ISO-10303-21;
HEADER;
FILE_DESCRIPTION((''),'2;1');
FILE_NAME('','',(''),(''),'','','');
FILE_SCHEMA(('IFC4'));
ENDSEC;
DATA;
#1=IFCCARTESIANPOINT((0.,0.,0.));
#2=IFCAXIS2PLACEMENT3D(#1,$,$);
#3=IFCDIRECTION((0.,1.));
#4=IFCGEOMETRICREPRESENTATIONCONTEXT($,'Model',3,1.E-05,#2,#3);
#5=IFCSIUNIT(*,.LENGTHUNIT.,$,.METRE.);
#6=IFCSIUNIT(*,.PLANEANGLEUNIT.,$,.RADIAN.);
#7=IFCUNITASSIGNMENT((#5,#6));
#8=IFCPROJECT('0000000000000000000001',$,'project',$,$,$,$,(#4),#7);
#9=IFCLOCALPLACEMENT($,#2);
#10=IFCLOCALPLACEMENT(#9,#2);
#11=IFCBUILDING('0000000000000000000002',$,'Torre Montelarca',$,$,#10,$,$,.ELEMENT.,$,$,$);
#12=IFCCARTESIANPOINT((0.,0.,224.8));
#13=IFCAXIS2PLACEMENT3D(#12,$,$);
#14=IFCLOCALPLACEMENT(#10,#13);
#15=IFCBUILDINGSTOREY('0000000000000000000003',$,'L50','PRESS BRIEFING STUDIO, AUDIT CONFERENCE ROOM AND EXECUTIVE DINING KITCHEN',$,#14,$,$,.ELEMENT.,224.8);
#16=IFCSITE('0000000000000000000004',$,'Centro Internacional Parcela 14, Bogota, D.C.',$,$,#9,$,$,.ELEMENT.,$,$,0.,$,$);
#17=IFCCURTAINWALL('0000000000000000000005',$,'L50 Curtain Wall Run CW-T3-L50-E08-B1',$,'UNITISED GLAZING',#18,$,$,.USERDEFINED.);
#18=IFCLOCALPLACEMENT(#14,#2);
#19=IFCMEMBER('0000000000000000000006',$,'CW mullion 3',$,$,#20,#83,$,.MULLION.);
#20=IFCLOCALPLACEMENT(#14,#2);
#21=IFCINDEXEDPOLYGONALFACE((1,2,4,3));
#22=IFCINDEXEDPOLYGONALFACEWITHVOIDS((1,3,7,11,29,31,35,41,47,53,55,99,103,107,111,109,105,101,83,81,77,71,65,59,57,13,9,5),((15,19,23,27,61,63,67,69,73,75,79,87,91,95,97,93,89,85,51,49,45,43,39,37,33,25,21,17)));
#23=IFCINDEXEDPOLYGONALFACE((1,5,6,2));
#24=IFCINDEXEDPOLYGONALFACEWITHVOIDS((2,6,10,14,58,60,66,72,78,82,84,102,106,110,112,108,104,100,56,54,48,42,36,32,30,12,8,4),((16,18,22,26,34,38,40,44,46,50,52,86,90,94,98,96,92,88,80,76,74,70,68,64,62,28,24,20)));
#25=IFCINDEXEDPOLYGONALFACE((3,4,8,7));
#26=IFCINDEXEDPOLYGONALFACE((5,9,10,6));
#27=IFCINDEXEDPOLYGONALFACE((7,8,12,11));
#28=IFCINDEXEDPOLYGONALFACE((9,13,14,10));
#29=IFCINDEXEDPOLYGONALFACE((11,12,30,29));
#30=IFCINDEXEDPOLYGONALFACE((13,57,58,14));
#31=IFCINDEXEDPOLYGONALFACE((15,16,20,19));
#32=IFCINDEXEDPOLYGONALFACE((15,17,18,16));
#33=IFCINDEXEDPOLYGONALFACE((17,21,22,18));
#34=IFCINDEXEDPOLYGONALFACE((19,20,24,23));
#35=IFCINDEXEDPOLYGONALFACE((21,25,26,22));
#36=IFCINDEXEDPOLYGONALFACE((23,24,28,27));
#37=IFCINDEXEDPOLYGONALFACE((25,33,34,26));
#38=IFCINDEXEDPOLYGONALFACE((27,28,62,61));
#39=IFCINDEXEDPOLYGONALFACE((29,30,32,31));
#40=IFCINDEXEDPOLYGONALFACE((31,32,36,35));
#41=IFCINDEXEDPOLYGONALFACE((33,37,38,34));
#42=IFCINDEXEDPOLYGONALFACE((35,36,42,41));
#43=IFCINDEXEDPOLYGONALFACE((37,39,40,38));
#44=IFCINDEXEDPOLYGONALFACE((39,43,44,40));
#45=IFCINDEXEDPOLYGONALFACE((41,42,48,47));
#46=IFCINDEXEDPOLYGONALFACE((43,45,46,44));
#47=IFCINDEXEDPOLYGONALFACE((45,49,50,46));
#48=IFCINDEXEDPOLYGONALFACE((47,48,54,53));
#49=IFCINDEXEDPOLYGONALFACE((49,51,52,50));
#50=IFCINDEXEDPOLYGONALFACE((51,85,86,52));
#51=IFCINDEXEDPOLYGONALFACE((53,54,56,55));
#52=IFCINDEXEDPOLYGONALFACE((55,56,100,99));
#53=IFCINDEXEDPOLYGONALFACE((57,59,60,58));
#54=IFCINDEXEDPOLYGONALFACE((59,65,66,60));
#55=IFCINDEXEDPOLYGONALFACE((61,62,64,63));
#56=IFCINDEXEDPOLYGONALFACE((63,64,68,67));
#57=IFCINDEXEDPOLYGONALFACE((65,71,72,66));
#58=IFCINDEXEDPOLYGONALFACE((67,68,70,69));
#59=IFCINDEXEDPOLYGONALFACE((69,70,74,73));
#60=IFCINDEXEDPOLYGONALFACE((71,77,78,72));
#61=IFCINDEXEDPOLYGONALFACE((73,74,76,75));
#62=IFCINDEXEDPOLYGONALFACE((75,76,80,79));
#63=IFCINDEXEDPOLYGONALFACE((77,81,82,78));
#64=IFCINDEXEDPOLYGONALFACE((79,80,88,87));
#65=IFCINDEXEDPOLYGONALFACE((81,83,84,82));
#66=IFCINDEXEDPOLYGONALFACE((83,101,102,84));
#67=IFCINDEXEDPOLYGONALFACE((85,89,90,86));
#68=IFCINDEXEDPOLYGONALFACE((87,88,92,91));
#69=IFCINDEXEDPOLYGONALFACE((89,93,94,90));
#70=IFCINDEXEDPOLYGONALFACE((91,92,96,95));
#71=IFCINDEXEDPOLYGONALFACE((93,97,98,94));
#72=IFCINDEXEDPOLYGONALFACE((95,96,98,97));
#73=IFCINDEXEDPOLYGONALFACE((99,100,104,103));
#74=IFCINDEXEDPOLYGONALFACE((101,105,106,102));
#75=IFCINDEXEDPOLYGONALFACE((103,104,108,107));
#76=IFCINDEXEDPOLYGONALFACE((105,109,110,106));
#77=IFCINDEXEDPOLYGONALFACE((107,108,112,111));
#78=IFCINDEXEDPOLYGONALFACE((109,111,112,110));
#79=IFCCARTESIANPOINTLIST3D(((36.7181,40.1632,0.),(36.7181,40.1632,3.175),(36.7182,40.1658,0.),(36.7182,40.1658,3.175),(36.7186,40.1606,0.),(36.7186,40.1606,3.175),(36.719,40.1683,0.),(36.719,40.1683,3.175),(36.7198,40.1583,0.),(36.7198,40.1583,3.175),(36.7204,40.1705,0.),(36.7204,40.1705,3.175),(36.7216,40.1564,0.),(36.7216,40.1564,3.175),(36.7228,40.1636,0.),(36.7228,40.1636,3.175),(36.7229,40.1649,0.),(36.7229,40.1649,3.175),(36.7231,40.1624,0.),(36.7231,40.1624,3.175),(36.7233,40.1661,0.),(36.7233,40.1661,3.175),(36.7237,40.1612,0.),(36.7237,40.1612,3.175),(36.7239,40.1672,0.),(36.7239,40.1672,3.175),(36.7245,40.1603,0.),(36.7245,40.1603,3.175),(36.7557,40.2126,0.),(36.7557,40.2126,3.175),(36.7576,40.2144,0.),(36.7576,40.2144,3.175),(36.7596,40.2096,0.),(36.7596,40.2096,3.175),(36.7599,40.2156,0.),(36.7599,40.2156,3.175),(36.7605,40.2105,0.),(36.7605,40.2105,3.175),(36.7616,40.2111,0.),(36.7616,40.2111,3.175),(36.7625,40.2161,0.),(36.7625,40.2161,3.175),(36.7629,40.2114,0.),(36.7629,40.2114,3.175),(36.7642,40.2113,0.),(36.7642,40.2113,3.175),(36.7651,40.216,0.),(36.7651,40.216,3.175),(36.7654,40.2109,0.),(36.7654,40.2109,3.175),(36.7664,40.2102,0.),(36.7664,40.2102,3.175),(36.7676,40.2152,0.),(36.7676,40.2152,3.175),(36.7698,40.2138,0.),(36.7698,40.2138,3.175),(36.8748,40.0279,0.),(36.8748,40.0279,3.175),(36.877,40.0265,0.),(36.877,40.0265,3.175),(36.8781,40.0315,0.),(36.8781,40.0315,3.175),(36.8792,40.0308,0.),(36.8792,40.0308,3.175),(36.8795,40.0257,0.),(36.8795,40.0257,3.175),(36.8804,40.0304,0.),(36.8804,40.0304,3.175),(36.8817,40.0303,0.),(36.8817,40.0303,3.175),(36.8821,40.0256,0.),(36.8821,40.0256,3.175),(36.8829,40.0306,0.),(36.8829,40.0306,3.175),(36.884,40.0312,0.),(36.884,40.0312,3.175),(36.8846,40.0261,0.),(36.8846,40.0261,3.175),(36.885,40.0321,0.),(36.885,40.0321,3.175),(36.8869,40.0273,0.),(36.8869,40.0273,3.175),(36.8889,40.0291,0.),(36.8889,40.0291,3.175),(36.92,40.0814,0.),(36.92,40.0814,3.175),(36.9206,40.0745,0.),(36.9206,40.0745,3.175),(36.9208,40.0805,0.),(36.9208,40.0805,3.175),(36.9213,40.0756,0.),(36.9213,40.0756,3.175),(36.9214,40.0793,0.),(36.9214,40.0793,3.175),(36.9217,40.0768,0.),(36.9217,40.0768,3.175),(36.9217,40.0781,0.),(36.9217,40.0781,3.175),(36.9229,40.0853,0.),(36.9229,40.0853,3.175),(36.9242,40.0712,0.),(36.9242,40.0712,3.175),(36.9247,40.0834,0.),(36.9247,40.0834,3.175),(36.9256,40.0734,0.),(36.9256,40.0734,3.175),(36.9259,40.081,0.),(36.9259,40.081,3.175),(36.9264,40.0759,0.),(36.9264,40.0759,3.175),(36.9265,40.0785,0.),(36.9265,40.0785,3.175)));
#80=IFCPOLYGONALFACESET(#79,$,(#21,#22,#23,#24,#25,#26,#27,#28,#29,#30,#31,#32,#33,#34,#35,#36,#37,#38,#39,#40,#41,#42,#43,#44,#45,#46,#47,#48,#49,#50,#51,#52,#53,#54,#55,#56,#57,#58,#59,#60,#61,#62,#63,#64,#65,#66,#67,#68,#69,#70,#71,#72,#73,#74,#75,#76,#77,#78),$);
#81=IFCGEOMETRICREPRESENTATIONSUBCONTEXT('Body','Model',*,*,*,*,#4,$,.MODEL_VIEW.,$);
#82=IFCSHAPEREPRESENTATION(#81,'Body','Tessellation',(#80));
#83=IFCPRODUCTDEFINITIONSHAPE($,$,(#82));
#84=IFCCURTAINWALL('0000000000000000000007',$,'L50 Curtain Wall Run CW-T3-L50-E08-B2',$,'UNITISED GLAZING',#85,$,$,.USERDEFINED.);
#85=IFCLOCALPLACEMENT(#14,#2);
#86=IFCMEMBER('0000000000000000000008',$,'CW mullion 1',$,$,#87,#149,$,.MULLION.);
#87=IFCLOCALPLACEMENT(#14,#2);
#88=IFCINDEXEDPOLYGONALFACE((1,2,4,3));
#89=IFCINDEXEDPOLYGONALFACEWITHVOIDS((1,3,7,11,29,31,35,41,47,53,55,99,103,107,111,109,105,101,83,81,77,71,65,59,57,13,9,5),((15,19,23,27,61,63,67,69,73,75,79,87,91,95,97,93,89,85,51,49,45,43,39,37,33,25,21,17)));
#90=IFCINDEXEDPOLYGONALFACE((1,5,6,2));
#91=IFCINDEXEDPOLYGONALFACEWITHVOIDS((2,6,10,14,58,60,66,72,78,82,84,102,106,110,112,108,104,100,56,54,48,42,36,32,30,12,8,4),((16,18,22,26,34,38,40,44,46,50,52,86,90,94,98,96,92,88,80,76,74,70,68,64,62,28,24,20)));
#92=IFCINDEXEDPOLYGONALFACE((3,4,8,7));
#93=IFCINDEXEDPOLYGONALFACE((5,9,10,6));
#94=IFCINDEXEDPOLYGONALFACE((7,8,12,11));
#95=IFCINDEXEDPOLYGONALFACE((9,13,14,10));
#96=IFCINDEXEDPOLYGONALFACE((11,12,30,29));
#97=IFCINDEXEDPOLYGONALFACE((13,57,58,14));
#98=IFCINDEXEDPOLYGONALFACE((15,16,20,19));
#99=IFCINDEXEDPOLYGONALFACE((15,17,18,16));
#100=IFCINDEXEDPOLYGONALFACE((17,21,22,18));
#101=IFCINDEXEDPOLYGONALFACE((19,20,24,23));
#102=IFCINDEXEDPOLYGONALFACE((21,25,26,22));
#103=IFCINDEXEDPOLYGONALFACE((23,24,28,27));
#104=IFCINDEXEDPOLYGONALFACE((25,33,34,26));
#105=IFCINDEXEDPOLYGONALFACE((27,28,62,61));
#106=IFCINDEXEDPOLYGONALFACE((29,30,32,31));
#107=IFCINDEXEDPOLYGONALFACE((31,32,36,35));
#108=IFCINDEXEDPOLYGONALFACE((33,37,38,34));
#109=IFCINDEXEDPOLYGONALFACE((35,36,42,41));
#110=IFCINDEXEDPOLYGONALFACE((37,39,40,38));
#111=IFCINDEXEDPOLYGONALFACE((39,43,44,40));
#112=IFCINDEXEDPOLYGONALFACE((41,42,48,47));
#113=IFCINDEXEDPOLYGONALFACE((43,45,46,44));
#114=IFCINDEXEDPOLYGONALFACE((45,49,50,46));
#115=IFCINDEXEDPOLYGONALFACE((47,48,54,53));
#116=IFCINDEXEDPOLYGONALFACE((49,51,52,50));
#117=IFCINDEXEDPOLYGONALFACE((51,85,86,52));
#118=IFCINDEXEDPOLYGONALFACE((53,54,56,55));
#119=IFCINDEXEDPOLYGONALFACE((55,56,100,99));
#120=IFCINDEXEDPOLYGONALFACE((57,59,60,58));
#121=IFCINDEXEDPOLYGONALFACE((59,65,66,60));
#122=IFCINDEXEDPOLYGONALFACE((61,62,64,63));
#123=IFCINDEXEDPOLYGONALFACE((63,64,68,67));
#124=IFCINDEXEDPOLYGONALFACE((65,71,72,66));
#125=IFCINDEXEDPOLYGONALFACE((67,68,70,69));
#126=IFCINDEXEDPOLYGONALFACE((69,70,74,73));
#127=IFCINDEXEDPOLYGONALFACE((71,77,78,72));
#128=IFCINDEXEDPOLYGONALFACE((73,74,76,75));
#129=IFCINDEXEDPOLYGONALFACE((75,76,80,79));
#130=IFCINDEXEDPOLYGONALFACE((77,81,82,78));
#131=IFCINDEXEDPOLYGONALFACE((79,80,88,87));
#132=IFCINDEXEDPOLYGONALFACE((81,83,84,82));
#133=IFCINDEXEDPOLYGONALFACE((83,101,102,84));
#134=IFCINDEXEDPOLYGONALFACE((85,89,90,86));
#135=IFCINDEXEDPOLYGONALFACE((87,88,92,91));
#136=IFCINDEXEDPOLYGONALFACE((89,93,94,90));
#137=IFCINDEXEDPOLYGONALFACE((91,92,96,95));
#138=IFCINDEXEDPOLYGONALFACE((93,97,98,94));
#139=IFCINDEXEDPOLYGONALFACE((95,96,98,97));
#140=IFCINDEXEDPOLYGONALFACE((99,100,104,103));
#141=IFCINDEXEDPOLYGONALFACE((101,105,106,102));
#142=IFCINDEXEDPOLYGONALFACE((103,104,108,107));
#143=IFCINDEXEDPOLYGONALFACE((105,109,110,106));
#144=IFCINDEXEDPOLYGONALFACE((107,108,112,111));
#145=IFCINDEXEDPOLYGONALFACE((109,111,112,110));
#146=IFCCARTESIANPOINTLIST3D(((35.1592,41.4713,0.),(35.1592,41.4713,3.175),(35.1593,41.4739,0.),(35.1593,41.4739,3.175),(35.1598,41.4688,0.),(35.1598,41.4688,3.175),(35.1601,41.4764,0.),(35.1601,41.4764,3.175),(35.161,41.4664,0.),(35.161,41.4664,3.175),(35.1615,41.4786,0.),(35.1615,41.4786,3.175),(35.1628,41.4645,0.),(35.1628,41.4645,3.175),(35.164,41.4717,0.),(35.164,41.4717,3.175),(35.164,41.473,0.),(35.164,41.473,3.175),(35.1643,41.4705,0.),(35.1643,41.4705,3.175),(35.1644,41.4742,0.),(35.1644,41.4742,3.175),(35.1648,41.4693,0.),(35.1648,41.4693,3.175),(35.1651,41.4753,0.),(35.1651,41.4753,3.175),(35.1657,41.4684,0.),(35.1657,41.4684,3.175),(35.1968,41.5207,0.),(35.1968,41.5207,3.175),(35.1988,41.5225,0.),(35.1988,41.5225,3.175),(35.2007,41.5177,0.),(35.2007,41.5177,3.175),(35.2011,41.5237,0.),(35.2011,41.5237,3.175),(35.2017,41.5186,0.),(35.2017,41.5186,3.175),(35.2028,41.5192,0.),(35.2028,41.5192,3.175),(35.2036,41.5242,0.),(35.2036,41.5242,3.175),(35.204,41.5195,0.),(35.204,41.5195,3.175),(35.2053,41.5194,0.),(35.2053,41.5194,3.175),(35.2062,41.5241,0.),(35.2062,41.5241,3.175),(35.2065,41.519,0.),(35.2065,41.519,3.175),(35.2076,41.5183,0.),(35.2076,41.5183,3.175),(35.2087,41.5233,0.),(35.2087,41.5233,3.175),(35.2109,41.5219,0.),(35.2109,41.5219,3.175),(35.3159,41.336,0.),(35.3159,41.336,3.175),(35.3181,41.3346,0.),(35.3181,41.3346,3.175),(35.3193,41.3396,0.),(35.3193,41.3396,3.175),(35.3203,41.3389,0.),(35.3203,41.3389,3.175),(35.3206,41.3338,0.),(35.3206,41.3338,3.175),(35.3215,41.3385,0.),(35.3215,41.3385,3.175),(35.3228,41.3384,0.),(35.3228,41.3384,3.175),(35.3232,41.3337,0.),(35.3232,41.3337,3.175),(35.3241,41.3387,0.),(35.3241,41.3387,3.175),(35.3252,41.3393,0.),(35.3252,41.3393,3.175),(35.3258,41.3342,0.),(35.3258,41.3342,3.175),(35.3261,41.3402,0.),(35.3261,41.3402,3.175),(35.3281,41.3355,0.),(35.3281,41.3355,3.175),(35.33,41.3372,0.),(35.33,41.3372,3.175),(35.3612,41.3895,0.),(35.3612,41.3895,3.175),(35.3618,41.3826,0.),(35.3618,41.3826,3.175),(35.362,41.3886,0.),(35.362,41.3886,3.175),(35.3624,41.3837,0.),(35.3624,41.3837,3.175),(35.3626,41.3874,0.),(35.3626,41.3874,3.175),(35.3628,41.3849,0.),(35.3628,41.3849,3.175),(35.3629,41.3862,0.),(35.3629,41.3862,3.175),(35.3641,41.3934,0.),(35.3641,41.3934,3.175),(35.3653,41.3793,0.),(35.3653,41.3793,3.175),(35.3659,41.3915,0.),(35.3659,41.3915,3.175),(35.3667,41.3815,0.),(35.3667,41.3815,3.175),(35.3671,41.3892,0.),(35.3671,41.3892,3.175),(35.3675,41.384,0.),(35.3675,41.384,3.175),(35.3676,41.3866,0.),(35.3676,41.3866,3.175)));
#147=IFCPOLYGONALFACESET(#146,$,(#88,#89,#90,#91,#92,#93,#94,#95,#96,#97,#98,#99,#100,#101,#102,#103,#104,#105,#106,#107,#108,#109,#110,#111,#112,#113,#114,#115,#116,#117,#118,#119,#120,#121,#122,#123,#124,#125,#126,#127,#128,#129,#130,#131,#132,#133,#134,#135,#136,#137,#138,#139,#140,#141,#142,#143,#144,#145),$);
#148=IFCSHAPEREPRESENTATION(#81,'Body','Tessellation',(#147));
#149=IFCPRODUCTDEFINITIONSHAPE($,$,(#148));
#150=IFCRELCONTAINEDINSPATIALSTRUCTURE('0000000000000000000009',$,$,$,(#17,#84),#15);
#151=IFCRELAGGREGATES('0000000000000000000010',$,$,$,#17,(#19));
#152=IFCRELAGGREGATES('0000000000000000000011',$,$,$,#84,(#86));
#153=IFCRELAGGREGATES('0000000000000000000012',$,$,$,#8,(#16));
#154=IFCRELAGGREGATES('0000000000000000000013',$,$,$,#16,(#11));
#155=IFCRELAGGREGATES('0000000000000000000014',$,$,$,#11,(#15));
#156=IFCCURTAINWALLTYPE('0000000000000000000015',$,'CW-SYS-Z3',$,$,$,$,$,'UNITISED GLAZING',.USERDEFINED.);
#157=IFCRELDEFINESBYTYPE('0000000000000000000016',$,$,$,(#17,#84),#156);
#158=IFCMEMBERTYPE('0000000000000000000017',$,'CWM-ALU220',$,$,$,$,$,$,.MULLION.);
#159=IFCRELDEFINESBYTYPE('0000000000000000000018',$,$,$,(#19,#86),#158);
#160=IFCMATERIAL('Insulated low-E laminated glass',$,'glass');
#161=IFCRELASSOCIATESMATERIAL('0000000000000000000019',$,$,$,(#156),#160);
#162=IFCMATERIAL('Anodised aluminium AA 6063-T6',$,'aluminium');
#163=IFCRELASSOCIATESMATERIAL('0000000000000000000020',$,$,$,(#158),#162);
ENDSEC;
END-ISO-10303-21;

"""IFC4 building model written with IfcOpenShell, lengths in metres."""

from ifc_helpers import new_model, si_unit, direction, frame, origin, origin_2d, place, context, subcontext, project, spatial, hollow_rectangle, extrude, source, transform, mapped, material, material_profile, profile_set, type_object, element, aggregate, save


model = new_model("IFC4")

# Units and contexts
model_context = context("Model", 3, precision=1e-05, world=origin(), true_north=direction((0.0, 1.0)))
body_context = subcontext(model_context, "Body", "Model", "MODEL_VIEW")
ifc_project = project(units=[si_unit("LENGTHUNIT", "METRE"), si_unit("PLANEANGLEUNIT", "RADIAN")], contexts=[model_context])

# Site, building, storey
site_placement = place(None, origin())
site = spatial("IfcSite", under=ifc_project, at=site_placement, Name="Centro Internacional Parcela 14, Bogota, D.C.", CompositionType="ELEMENT", RefElevation=0.0)
building_placement = place(site_placement, origin())
building = spatial("IfcBuilding", under=site, at=building_placement, Name="Torre Montelarca", CompositionType="ELEMENT")
storey_placement = place(building_placement, frame((0.0, 0.0, 224.8)))
storey = spatial("IfcBuildingStorey", under=building, at=storey_placement, Name="L50", Description="PRESS BRIEFING STUDIO, AUDIT CONFERENCE ROOM AND EXECUTIVE DINING KITCHEN", CompositionType="ELEMENT", Elevation=224.8)

# Curtain wall
ifc_material_1 = material(Name="Insulated low-E laminated glass", Category="glass")
curtain_wall_type = type_object("IfcCurtainWallType", Name="CW-SYS-Z3", ElementType="UNITISED GLAZING", PredefinedType="USERDEFINED", material=ifc_material_1)
curtain_wall_1_placement = place(storey_placement, origin())
curtain_wall_1 = element("IfcCurtainWall", 1, at=curtain_wall_1_placement, inside=storey, type_object=curtain_wall_type, Name="L50 Curtain Wall Run CW-T3-L50-E08-B1", ObjectType="UNITISED GLAZING", PredefinedType="USERDEFINED")
ifc_material_2 = material(Name="Anodised aluminium AA 6063-T6", Category="aluminium")

# Member
ifc_material_profile_1 = material_profile(ifc_material_2, hollow_rectangle(XDim=0.075, YDim=0.22, WallThickness=0.0049, InnerFilletRadius=0.0049, OuterFilletRadius=0.01, at=origin_2d()), Name="ALU75X220X5", Category="aluminium")
ifc_profile_set_1 = profile_set([ifc_material_profile_1], Name="Anodised aluminium AA 6063-T6")
member_type_1 = type_object("IfcMemberType", Name="CWM-ALU220", PredefinedType="MULLION", material=ifc_profile_set_1)
shared_shape_1 = source(origin(), body_context, "Body", "SweptSolid", [
    extrude(hollow_rectangle(XDim=0.075, YDim=0.22, WallThickness=0.0049, InnerFilletRadius=0.0049, OuterFilletRadius=0.01, at=origin_2d()), origin(), (0.0, 0.0, 1.0), 3.175),
])
member_1_placement = place(storey_placement, frame((36.8223, 40.1208, 0.0), z_axis=(0.0, 0.0, 1.0), x_axis=(-0.642789, -0.766043, 0.0)))
member_1 = element("IfcMember", 2, at=member_1_placement, type_object=member_type_1, Name="CW mullion 3", PredefinedType="MULLION", context=body_context, shape_type="MappedRepresentation", body=[
    mapped(shared_shape_1, transform((0.0, 0.0, 0.0), scale=1.0)),
])

# Curtain wall, member
curtain_wall_2_placement = place(storey_placement, origin())
curtain_wall_2 = element("IfcCurtainWall", 3, at=curtain_wall_2_placement, inside=storey, type_object=curtain_wall_type, Name="L50 Curtain Wall Run CW-T3-L50-E08-B2", ObjectType="UNITISED GLAZING", PredefinedType="USERDEFINED")
member_2_placement = place(storey_placement, frame((35.2634, 41.429, 0.0), z_axis=(0.0, 0.0, 1.0), x_axis=(-0.642785, -0.766047, 0.0)))
member_2 = element("IfcMember", 4, at=member_2_placement, type_object=member_type_1, Name="CW mullion 1", PredefinedType="MULLION", context=body_context, shape_type="MappedRepresentation", body=[
    mapped(shared_shape_1, transform((0.0, 0.0, 0.0), scale=1.0)),
])

aggregate(curtain_wall_1, [member_1])
aggregate(curtain_wall_2, [member_2])

save(model, "model.ifc")
